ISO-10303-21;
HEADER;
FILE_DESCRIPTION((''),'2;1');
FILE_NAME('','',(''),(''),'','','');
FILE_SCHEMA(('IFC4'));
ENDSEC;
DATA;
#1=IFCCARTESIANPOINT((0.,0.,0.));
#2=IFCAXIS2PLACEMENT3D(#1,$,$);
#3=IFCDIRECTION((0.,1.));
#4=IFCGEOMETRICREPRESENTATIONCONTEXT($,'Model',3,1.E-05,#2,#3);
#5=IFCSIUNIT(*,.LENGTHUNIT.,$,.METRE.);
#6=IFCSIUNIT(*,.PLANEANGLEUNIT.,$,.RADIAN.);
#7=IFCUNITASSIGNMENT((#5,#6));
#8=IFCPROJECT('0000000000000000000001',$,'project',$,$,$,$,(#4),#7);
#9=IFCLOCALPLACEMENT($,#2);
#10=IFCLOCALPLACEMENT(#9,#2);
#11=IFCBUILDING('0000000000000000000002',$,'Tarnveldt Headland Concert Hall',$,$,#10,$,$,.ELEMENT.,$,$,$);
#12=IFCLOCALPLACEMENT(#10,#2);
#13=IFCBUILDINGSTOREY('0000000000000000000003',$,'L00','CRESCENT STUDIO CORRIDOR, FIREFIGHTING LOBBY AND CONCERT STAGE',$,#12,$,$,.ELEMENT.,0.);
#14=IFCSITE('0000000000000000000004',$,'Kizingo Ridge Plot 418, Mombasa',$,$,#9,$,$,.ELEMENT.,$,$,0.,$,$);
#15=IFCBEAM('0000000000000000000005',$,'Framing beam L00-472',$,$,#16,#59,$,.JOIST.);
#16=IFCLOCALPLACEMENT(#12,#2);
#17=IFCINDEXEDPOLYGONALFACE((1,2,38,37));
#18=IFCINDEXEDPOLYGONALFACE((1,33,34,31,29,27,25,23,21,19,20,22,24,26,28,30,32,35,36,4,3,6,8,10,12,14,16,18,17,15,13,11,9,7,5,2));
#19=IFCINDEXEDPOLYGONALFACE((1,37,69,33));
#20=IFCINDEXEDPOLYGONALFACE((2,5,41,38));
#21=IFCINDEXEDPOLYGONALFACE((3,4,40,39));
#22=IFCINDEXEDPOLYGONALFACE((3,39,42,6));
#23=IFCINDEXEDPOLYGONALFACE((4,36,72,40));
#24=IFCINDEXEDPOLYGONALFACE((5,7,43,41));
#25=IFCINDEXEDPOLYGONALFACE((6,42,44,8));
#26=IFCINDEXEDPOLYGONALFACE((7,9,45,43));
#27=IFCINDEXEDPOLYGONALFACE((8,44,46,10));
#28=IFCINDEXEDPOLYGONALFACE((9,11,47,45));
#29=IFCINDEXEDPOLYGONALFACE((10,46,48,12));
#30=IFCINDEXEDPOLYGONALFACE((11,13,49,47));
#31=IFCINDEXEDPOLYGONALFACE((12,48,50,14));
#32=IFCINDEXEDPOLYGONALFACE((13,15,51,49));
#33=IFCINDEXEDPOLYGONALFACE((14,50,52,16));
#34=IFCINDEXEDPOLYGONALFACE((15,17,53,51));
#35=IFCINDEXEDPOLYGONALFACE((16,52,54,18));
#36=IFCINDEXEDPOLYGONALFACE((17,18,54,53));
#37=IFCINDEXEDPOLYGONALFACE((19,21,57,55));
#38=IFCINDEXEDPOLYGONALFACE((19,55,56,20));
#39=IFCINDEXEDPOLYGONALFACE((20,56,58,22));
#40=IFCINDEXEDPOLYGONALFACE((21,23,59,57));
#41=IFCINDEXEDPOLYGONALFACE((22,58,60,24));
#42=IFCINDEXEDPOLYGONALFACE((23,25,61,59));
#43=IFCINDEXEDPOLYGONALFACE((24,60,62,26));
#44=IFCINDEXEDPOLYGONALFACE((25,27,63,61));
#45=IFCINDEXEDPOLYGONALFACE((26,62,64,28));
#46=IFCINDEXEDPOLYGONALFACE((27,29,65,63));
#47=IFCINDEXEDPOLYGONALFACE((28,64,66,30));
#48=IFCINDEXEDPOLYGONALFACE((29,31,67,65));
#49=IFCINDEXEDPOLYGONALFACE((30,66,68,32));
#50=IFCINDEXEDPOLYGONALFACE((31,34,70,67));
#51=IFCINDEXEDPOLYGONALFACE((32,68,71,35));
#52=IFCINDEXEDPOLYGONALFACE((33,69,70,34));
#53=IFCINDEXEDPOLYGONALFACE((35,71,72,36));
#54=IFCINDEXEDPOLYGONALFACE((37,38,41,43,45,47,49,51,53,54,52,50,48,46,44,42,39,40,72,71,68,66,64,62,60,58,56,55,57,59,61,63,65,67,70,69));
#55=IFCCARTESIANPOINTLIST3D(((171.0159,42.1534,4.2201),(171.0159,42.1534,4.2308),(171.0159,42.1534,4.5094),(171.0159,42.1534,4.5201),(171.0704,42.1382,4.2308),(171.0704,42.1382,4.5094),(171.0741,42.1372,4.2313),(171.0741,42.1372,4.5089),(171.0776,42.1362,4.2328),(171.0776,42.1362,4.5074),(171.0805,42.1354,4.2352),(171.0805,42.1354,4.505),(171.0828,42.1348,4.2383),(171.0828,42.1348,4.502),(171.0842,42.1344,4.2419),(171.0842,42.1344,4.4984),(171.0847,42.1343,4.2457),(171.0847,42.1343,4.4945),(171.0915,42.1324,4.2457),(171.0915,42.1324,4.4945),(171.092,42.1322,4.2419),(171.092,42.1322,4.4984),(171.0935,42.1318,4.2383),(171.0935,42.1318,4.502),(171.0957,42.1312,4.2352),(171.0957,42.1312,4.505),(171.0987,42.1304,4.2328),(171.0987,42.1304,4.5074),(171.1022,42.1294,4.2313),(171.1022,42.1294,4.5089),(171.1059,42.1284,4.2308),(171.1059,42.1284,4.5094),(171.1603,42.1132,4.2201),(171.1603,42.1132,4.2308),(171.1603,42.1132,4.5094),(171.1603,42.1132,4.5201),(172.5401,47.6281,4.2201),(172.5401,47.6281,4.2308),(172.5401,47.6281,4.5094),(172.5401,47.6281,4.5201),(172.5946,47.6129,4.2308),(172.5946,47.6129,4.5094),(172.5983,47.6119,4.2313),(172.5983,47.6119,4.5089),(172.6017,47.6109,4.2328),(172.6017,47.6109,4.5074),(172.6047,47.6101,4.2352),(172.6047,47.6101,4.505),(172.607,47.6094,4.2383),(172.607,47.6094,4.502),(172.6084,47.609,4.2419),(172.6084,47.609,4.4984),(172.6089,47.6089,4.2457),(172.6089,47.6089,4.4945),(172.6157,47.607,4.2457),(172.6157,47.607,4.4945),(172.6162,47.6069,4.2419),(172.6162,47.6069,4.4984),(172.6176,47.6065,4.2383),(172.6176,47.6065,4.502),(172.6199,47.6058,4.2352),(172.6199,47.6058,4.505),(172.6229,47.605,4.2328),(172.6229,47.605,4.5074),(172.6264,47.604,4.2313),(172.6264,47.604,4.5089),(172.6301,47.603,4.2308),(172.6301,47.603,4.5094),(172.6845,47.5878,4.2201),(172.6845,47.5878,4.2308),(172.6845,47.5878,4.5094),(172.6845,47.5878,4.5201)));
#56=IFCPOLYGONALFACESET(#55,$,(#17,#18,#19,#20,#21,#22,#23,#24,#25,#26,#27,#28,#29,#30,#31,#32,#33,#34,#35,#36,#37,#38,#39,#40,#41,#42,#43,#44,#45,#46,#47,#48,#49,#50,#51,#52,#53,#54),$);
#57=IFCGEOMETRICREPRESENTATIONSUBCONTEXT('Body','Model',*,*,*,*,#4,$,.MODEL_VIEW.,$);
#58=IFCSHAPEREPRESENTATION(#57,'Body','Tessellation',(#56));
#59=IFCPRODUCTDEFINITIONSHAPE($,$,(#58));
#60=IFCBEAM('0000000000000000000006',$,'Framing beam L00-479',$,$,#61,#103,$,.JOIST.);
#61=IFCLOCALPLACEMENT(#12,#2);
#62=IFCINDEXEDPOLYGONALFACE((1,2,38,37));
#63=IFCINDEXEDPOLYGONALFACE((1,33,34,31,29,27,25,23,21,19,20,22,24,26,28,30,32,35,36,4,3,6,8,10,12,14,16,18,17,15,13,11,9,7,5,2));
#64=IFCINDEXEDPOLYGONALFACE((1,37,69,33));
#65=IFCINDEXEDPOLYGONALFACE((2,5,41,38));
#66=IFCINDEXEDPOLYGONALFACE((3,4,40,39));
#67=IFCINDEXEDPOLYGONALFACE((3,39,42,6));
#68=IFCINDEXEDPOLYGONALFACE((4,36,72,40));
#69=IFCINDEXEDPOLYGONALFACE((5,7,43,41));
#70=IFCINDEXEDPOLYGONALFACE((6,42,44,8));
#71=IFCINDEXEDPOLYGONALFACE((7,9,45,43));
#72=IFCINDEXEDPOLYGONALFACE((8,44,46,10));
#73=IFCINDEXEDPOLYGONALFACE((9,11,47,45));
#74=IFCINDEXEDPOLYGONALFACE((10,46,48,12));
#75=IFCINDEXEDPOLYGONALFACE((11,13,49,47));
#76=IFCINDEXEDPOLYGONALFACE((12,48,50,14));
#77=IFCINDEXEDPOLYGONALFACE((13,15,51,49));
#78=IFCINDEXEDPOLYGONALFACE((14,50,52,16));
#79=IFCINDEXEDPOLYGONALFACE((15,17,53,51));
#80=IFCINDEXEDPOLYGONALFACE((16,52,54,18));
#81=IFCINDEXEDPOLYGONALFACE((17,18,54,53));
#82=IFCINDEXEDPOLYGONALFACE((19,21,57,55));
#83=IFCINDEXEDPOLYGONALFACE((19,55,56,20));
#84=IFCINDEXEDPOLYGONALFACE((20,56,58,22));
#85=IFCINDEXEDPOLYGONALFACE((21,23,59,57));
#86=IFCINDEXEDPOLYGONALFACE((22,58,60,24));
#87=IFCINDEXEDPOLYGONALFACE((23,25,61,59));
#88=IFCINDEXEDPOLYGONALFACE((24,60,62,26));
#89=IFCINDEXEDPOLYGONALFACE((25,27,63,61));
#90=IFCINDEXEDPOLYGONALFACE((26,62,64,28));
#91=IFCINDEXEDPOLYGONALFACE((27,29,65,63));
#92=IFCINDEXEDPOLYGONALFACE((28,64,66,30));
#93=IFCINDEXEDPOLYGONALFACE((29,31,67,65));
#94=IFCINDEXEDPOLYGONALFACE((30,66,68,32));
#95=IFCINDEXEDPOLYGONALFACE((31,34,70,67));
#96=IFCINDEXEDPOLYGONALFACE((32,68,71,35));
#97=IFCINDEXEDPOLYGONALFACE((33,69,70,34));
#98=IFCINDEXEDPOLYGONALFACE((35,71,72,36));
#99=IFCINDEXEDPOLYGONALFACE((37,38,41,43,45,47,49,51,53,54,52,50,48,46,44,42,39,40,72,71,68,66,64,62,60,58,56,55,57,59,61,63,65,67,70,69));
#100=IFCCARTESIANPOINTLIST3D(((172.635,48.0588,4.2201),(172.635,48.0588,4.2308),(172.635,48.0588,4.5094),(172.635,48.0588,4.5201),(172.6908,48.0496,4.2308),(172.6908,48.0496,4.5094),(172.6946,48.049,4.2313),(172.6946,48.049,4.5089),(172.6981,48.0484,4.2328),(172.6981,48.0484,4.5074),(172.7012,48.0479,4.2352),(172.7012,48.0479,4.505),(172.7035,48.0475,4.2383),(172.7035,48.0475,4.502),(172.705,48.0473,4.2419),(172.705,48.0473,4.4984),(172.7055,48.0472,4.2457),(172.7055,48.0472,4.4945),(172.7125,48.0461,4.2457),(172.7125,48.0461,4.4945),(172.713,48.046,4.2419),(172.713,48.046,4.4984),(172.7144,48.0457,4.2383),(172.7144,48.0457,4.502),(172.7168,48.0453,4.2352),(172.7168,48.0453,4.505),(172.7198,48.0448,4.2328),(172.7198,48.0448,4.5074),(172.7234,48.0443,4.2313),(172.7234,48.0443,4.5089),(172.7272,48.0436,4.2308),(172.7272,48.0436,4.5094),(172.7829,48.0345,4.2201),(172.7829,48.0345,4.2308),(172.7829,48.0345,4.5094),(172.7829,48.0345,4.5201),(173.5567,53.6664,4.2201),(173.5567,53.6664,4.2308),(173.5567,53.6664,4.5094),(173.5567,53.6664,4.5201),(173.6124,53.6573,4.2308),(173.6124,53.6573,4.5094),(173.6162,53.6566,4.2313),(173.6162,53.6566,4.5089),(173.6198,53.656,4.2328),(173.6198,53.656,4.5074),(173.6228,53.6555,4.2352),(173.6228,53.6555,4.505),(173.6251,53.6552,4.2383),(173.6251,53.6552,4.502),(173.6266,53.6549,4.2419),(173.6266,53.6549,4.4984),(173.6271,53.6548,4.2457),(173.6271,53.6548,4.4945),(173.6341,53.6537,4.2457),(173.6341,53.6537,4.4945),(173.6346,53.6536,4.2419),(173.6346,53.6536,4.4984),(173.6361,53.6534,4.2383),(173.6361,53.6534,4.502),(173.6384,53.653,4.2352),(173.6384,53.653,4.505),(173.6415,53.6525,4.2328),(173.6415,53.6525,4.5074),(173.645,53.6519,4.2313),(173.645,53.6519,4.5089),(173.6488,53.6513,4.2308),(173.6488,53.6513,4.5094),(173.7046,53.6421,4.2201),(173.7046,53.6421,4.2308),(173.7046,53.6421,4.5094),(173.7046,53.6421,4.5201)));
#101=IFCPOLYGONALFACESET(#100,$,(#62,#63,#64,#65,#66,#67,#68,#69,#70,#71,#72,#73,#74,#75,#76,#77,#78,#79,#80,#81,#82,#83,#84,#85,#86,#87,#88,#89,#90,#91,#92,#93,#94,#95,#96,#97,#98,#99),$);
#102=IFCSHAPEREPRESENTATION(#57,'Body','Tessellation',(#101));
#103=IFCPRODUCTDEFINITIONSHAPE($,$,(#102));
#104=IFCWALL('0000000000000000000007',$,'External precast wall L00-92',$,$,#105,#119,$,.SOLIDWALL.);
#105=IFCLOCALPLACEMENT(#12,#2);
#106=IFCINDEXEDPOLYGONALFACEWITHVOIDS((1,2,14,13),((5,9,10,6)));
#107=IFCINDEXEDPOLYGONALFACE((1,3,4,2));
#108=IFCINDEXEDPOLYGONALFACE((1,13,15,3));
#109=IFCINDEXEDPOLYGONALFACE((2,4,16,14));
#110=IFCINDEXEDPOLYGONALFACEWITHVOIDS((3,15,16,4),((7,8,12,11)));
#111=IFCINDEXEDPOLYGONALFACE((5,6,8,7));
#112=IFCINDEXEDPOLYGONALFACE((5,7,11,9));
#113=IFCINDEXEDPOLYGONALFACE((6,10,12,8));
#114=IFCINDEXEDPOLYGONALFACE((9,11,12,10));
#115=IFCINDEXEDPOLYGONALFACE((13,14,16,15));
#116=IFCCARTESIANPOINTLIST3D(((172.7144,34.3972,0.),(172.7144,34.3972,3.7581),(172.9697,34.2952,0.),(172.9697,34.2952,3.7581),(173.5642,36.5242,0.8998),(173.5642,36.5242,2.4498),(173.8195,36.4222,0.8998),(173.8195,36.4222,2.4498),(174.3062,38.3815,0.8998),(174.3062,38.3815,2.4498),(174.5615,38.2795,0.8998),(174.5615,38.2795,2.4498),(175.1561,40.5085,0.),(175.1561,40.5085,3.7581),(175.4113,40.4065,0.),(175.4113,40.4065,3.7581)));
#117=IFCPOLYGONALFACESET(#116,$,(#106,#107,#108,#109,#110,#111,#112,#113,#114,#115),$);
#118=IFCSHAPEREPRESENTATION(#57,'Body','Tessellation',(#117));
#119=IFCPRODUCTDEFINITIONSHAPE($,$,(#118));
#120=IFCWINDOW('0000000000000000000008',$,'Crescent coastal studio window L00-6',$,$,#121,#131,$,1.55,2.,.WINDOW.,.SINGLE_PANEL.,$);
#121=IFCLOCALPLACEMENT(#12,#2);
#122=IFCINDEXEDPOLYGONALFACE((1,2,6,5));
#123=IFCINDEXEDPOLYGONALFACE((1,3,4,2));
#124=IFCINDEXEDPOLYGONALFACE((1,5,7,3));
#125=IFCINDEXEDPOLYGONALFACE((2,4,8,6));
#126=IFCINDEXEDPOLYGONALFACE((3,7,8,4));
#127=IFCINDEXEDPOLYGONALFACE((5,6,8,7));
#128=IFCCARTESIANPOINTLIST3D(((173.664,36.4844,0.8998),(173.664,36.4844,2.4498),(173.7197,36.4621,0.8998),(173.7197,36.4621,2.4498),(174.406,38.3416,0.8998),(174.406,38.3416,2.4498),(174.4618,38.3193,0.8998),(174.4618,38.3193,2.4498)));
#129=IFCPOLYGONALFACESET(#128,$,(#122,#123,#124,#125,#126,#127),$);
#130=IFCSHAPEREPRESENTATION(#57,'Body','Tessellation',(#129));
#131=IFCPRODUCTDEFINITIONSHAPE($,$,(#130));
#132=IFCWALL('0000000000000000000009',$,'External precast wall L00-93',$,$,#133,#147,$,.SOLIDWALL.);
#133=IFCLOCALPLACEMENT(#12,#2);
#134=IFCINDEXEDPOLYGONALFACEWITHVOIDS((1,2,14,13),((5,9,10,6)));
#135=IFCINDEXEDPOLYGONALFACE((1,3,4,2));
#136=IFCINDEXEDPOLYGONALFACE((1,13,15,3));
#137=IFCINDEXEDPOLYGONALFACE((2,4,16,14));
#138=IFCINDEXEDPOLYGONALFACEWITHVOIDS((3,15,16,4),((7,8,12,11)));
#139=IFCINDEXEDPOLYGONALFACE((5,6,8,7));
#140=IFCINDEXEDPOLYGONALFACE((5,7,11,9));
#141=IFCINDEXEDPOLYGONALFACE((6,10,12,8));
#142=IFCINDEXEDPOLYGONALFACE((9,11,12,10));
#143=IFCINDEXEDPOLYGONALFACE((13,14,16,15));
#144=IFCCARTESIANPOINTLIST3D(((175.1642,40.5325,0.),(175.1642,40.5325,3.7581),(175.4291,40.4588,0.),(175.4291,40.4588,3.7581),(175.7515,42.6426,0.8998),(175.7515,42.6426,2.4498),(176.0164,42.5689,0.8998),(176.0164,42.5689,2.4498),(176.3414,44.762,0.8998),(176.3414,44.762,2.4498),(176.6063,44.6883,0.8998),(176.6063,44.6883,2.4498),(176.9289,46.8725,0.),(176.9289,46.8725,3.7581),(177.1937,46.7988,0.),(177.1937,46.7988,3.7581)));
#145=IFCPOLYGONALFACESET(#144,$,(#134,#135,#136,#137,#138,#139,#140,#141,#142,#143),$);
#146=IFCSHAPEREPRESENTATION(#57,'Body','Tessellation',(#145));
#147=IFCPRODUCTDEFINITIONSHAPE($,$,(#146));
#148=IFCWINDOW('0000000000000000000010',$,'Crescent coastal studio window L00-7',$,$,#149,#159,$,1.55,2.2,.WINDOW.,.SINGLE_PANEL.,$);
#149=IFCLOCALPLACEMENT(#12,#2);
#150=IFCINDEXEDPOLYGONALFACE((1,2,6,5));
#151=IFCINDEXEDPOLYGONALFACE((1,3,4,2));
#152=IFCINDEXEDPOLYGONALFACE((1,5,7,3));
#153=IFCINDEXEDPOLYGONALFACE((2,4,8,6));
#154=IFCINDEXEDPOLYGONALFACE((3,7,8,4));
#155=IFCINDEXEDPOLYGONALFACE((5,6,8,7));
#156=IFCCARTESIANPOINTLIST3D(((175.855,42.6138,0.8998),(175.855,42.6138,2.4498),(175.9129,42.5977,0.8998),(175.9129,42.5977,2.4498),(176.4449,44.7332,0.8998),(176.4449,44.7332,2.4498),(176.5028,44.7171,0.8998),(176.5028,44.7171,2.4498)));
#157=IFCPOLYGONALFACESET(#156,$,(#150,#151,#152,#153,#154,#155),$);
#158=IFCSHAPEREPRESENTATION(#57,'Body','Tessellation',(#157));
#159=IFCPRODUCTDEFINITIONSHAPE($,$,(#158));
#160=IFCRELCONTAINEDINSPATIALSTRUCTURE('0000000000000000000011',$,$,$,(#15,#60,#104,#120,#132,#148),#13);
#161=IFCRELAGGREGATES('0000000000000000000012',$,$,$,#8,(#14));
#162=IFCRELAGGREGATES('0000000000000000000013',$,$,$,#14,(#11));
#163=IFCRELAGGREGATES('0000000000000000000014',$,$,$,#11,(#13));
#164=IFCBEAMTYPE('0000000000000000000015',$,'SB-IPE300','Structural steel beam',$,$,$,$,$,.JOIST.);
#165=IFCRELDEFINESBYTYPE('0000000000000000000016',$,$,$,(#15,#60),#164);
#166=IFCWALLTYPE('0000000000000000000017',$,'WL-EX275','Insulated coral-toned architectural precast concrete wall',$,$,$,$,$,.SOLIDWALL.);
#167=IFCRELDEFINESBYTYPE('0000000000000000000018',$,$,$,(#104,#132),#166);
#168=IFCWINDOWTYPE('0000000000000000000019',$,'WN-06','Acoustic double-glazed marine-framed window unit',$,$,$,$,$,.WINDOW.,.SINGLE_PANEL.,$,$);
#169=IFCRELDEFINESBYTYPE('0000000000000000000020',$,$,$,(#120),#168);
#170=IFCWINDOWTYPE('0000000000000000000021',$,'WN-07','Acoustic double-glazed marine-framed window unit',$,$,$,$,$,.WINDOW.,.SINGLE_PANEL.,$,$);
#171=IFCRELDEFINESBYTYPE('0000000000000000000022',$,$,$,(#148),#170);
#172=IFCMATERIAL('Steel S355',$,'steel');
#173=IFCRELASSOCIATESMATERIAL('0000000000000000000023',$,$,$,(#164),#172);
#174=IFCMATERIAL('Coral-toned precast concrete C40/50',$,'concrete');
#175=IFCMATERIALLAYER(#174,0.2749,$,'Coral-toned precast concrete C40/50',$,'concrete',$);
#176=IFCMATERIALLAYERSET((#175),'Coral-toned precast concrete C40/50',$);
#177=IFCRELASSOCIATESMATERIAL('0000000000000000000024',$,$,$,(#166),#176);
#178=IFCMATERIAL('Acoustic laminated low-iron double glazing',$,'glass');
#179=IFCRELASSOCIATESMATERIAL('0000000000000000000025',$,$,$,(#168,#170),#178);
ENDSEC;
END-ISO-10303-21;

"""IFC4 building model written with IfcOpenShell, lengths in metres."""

from ifc_helpers import new_model, si_unit, direction, frame, frame_2d, origin, origin_2d, place, context, subcontext, project, spatial, rectangle, i_section, extrude, material, layer, layer_set, material_profile, profile_set, type_object, element, fill, save


model = new_model("IFC4")

# Units and contexts
model_context = context("Model", 3, precision=1e-05, world=origin(), true_north=direction((0.0, 1.0)))
body_context = subcontext(model_context, "Body", "Model", "MODEL_VIEW")
ifc_project = project(units=[si_unit("LENGTHUNIT", "METRE"), si_unit("PLANEANGLEUNIT", "RADIAN")], contexts=[model_context])

# Site, building, storey
site_placement = place(None, origin())
site = spatial("IfcSite", under=ifc_project, at=site_placement, Name="Kizingo Ridge Plot 418, Mombasa", CompositionType="ELEMENT", RefElevation=0.0)
building_placement = place(site_placement, origin())
building = spatial("IfcBuilding", under=site, at=building_placement, Name="Tarnveldt Headland Concert Hall", CompositionType="ELEMENT")
storey_placement = place(building_placement, origin())
storey = spatial("IfcBuildingStorey", under=building, at=storey_placement, Name="L00", Description="CRESCENT STUDIO CORRIDOR, FIREFIGHTING LOBBY AND CONCERT STAGE", CompositionType="ELEMENT", Elevation=0.0)

# Beams
ifc_material_1 = material(Name="Steel S355", Category="steel")
ifc_material_profile_1 = material_profile(ifc_material_1, i_section(OverallWidth=0.1499, OverallDepth=0.3, WebThickness=0.0071, FlangeThickness=0.0107, FilletRadius=0.0149, at=origin_2d()), Name="IPE300", Category="steel")
ifc_profile_set_1 = profile_set([ifc_material_profile_1], Name="Steel S355")
beam_type_1 = type_object("IfcBeamType", Name="SB-IPE300", Description="Structural steel beam", PredefinedType="JOIST", material=ifc_profile_set_1)
for number, where, z_axis, x_axis, name in (
    (1, (171.0881, 42.1333, 4.3701), (0.268207, 0.963361, 0.0), (-0.963361, 0.268207, 0.0), "Framing beam L00-472"),
    (2, (172.709, 48.0466, 4.3701), (0.162176, 0.986762, 0.0), (-0.986762, 0.162176, 0.0), "Framing beam L00-479"),
):
    element("IfcBeam", number, at=place(storey_placement, frame(where, z_axis=z_axis, x_axis=x_axis)), inside=storey, type_object=beam_type_1, Name=name, PredefinedType="JOIST", context=body_context, shape_type="SweptSolid", body=[
        extrude(i_section(OverallWidth=0.1499, OverallDepth=0.3, WebThickness=0.0071, FlangeThickness=0.0107, FilletRadius=0.0149, at=origin_2d()), origin(), (0.0, 0.0, 1.0), 5.6829),
    ])

# Walls, openings, windows
ifc_material_2 = material(Name="Coral-toned precast concrete C40/50", Category="concrete")
ifc_layer_1 = layer(ifc_material_2, 0.2749, Name="Coral-toned precast concrete C40/50", Category="concrete")
ifc_layer_set_1 = layer_set([ifc_layer_1], Name="Coral-toned precast concrete C40/50")
wall_type_1 = type_object("IfcWallType", Name="WL-EX275", Description="Insulated coral-toned architectural precast concrete wall", PredefinedType="SOLIDWALL", material=ifc_layer_set_1)
wall_1_placement = place(storey_placement, frame((175.2837, 40.4575, 0.0), z_axis=(0.0, 0.0, 1.0), x_axis=(-0.371013, -0.928628, 0.0)))
wall_1 = element("IfcWall", 3, at=wall_1_placement, inside=storey, type_object=wall_type_1, Name="External precast wall L00-92", PredefinedType="SOLIDWALL", context=body_context, shape_type="SweptSolid", body=[
    extrude(rectangle(XDim=6.5811, YDim=0.2749, at=frame_2d((3.2905, 0.0))), origin(), (0.0, 0.0, 1.0), 3.7581),
])
opening_1_placement = place(wall_1_placement, frame((2.2905, 0.0, 0.8999)))
opening_1 = element("IfcOpeningElement", 4, at=opening_1_placement, cuts=wall_1, PredefinedType="OPENING", context=body_context, shape_type="SweptSolid", body=[
    extrude(rectangle(XDim=2.0, YDim=1.55, at=frame_2d((1.0, 0.7749))), frame((0.0, 0.1475, 0.0), z_axis=(0.0, -1.0, 0.0), x_axis=(1.0, 0.0, 0.0)), (0.0, 0.0, 1.0), 0.2949),
])
ifc_material_3 = material(Name="Acoustic laminated low-iron double glazing", Category="glass")
window_type_1 = type_object("IfcWindowType", Name="WN-06", Description="Acoustic double-glazed marine-framed window unit", PartitioningType="SINGLE_PANEL", PredefinedType="WINDOW", material=ifc_material_3)
window_1_placement = place(opening_1_placement, origin())
window_1 = element("IfcWindow", 5, at=window_1_placement, inside=storey, type_object=window_type_1, Name="Crescent coastal studio window L00-6", OverallHeight=1.55, OverallWidth=2.0, PartitioningType="SINGLE_PANEL", PredefinedType="WINDOW", context=body_context, shape_type="SweptSolid", body=[
    extrude(rectangle(XDim=2.0, YDim=1.55, at=frame_2d((1.0, 0.7749))), frame((0.0, 0.03, 0.0), z_axis=(0.0, -1.0, 0.0), x_axis=(1.0, 0.0, 0.0)), (0.0, 0.0, 1.0), 0.0601),
])
fill(opening_1, window_1)
wall_2_placement = place(storey_placement, frame((177.0613, 46.8357, 0.0), z_axis=(0.0, 0.0, 1.0), x_axis=(-0.268139, -0.96338, 0.0)))
wall_2 = element("IfcWall", 6, at=wall_2_placement, inside=storey, type_object=wall_type_1, Name="External precast wall L00-93", PredefinedType="SOLIDWALL", context=body_context, shape_type="SweptSolid", body=[
    extrude(rectangle(XDim=6.5811, YDim=0.2749, at=frame_2d((3.2905, 0.0))), origin(), (0.0, 0.0, 1.0), 3.7581),
])
opening_2_placement = place(wall_2_placement, frame((2.1907, 0.0, 0.8999)))
opening_2 = element("IfcOpeningElement", 7, at=opening_2_placement, cuts=wall_2, PredefinedType="OPENING", context=body_context, shape_type="SweptSolid", body=[
    extrude(rectangle(XDim=2.2, YDim=1.55, at=frame_2d((1.1001, 0.7749))), frame((0.0, 0.1475, 0.0), z_axis=(0.0, -1.0, 0.0), x_axis=(1.0, 0.0, 0.0)), (0.0, 0.0, 1.0), 0.2949),
])
window_type_2 = type_object("IfcWindowType", Name="WN-07", Description="Acoustic double-glazed marine-framed window unit", PartitioningType="SINGLE_PANEL", PredefinedType="WINDOW", material=ifc_material_3)
window_2_placement = place(opening_2_placement, origin())
window_2 = element("IfcWindow", 8, at=window_2_placement, inside=storey, type_object=window_type_2, Name="Crescent coastal studio window L00-7", OverallHeight=1.55, OverallWidth=2.2, PartitioningType="SINGLE_PANEL", PredefinedType="WINDOW", context=body_context, shape_type="SweptSolid", body=[
    extrude(rectangle(XDim=2.2, YDim=1.55, at=frame_2d((1.1001, 0.7749))), frame((0.0, 0.03, 0.0), z_axis=(0.0, -1.0, 0.0), x_axis=(1.0, 0.0, 0.0)), (0.0, 0.0, 1.0), 0.0601),
])
fill(opening_2, window_2)

save(model, "model.ifc")
